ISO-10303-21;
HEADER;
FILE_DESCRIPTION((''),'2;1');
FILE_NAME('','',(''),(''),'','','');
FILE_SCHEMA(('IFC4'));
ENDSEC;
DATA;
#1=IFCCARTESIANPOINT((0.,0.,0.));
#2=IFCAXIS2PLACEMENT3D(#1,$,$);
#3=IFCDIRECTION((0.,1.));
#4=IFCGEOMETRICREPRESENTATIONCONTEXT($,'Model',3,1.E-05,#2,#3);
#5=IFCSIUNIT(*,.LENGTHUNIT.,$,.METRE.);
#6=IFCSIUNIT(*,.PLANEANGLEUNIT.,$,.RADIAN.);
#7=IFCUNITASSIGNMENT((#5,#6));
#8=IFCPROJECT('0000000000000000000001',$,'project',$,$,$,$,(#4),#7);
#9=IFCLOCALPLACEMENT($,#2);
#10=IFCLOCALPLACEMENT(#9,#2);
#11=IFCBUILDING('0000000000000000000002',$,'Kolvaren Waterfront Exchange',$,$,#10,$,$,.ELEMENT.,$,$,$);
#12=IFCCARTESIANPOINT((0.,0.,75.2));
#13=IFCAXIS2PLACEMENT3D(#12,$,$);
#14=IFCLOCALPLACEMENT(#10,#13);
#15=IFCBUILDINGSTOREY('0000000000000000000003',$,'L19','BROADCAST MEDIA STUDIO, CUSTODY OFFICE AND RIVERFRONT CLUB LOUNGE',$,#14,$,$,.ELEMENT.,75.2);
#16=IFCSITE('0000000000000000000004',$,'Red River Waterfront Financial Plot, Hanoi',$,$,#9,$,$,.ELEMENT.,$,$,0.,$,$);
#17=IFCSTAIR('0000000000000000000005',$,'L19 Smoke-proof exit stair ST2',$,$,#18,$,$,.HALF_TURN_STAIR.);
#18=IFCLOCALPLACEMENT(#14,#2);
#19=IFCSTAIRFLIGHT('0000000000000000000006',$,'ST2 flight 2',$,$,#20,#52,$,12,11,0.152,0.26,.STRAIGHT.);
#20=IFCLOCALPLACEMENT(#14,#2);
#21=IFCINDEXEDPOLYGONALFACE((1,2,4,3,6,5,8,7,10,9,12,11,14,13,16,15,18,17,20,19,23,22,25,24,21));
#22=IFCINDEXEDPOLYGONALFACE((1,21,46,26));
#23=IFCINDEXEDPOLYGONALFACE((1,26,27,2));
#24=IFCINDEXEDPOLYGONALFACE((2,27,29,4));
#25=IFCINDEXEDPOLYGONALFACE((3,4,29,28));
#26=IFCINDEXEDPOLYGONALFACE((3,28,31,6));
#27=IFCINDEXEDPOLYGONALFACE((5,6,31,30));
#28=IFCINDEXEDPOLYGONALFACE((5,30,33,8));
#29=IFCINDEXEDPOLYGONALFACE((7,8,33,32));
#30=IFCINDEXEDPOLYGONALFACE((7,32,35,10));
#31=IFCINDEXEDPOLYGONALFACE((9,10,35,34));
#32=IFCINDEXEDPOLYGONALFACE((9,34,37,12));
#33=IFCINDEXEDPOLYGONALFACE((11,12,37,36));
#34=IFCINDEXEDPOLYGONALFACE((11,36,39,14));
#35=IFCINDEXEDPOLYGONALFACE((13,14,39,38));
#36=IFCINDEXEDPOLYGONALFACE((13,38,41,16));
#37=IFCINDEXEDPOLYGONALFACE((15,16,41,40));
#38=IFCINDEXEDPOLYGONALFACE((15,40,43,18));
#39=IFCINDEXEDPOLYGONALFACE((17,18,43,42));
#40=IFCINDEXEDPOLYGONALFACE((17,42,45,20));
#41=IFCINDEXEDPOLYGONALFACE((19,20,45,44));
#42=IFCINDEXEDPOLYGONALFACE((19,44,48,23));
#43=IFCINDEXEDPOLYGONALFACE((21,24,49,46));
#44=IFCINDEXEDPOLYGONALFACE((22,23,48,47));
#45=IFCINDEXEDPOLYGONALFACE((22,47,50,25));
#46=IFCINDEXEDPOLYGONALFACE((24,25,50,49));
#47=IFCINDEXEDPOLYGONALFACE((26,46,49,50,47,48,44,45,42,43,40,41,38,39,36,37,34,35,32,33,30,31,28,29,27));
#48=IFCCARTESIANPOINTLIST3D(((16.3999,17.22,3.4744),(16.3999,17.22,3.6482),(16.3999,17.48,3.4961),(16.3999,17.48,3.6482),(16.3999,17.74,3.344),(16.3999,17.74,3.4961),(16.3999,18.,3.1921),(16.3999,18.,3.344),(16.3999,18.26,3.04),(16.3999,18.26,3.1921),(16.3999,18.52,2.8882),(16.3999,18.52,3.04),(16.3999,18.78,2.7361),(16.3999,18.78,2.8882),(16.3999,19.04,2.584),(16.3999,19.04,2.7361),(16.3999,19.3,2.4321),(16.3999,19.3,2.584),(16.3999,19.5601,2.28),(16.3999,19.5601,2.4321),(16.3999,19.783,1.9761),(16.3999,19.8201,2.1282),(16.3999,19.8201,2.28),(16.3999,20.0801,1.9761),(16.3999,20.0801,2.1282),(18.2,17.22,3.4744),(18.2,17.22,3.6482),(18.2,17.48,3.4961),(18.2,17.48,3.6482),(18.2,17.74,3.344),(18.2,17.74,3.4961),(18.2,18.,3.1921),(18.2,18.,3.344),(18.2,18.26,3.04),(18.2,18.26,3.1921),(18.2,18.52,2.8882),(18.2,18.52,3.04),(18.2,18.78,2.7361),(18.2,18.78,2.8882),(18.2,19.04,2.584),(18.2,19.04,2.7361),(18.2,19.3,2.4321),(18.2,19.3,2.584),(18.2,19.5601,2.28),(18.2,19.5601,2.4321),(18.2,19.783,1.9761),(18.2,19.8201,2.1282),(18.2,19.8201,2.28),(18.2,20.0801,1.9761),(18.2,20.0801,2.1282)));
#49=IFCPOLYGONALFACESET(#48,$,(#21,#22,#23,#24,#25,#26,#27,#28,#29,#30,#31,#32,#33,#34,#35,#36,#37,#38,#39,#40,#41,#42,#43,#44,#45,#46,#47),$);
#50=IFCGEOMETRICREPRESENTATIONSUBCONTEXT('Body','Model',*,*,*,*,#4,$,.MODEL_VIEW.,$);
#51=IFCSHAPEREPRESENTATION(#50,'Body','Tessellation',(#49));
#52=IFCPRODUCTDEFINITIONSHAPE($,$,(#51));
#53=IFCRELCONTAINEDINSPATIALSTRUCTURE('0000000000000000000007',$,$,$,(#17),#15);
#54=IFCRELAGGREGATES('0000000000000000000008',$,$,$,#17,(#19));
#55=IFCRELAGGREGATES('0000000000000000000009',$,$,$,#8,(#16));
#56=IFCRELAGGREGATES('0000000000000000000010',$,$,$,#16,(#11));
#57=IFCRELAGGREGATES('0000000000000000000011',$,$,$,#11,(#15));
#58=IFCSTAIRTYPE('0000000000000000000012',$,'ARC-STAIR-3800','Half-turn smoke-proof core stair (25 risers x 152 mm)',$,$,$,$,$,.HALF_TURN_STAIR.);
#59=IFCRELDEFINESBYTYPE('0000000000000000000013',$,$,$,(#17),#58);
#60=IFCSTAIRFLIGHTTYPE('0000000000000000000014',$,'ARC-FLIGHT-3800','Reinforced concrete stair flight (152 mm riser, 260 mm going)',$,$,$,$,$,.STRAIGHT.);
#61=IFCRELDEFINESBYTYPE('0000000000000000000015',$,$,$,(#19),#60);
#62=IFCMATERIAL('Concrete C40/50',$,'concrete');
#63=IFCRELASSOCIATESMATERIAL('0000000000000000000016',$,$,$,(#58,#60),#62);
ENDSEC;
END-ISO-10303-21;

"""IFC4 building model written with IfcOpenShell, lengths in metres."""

from ifc_helpers import new_model, si_unit, direction, frame, origin, place, context, subcontext, project, spatial, polyline, outline, extrude, material, type_object, element, aggregate, save


model = new_model("IFC4")

# Units and contexts
model_context = context("Model", 3, precision=1e-05, world=origin(), true_north=direction((0.0, 1.0)))
body_context = subcontext(model_context, "Body", "Model", "MODEL_VIEW")
ifc_project = project(units=[si_unit("LENGTHUNIT", "METRE"), si_unit("PLANEANGLEUNIT", "RADIAN")], contexts=[model_context])

# Site, building, storey
site_placement = place(None, origin())
site = spatial("IfcSite", under=ifc_project, at=site_placement, Name="Red River Waterfront Financial Plot, Hanoi", CompositionType="ELEMENT", RefElevation=0.0)
building_placement = place(site_placement, origin())
building = spatial("IfcBuilding", under=site, at=building_placement, Name="Kolvaren Waterfront Exchange", CompositionType="ELEMENT")
storey_placement = place(building_placement, frame((0.0, 0.0, 75.2)))
storey = spatial("IfcBuildingStorey", under=building, at=storey_placement, Name="L19", Description="BROADCAST MEDIA STUDIO, CUSTODY OFFICE AND RIVERFRONT CLUB LOUNGE", CompositionType="ELEMENT", Elevation=75.2)

# Stair, stair flight
ifc_material_1 = material(Name="Concrete C40/50", Category="concrete")
stair_type = type_object("IfcStairType", Name="ARC-STAIR-3800", Description="Half-turn smoke-proof core stair (25 risers x 152 mm)", PredefinedType="HALF_TURN_STAIR", material=ifc_material_1)
stair_placement = place(storey_placement, origin())
stair = element("IfcStair", 1, at=stair_placement, inside=storey, type_object=stair_type, Name="L19 Smoke-proof exit stair ST2", PredefinedType="HALF_TURN_STAIR")
stair_flight_type = type_object("IfcStairFlightType", Name="ARC-FLIGHT-3800", Description="Reinforced concrete stair flight (152 mm riser, 260 mm going)", PredefinedType="STRAIGHT", material=ifc_material_1)
stair_flight_placement = place(storey_placement, frame((17.3, 20.0801, 1.9761), z_axis=(0.0, 0.0, 1.0), x_axis=(0.0, -1.0, 0.0)))
stair_flight = element("IfcStairFlight", 2, at=stair_flight_placement, type_object=stair_flight_type, Name="ST2 flight 2", NumberOfRisers=12, NumberOfTreads=11, PredefinedType="STRAIGHT", RiserHeight=0.152, TreadLength=0.26, context=body_context, shape_type="SweptSolid", body=[
    extrude(outline(polyline([(0.0, 0.0), (0.0, 0.1521), (0.26, 0.1521), (0.26, 0.304), (0.52, 0.304), (0.52, 0.4561), (0.78, 0.4561), (0.78, 0.6079), (1.04, 0.6079), (1.04, 0.76), (1.3, 0.76), (1.3, 0.9121), (1.5601, 0.9121), (1.5601, 1.064), (1.8201, 1.064), (1.8201, 1.2161), (2.0801, 1.2161), (2.0801, 1.3679), (2.3401, 1.3679), (2.3401, 1.52), (2.6001, 1.52), (2.6001, 1.6721), (2.8601, 1.6721), (2.8601, 1.824), (2.8601, 1.4983), (0.2971, 0.0), (0.0, 0.0)])), frame((0.0, 0.8999, 0.0), z_axis=(0.0, -1.0, 0.0), x_axis=(1.0, 0.0, 0.0)), (0.0, 0.0, 1.0), 1.8),
])
aggregate(stair, [stair_flight])

save(model, "model.ifc")
